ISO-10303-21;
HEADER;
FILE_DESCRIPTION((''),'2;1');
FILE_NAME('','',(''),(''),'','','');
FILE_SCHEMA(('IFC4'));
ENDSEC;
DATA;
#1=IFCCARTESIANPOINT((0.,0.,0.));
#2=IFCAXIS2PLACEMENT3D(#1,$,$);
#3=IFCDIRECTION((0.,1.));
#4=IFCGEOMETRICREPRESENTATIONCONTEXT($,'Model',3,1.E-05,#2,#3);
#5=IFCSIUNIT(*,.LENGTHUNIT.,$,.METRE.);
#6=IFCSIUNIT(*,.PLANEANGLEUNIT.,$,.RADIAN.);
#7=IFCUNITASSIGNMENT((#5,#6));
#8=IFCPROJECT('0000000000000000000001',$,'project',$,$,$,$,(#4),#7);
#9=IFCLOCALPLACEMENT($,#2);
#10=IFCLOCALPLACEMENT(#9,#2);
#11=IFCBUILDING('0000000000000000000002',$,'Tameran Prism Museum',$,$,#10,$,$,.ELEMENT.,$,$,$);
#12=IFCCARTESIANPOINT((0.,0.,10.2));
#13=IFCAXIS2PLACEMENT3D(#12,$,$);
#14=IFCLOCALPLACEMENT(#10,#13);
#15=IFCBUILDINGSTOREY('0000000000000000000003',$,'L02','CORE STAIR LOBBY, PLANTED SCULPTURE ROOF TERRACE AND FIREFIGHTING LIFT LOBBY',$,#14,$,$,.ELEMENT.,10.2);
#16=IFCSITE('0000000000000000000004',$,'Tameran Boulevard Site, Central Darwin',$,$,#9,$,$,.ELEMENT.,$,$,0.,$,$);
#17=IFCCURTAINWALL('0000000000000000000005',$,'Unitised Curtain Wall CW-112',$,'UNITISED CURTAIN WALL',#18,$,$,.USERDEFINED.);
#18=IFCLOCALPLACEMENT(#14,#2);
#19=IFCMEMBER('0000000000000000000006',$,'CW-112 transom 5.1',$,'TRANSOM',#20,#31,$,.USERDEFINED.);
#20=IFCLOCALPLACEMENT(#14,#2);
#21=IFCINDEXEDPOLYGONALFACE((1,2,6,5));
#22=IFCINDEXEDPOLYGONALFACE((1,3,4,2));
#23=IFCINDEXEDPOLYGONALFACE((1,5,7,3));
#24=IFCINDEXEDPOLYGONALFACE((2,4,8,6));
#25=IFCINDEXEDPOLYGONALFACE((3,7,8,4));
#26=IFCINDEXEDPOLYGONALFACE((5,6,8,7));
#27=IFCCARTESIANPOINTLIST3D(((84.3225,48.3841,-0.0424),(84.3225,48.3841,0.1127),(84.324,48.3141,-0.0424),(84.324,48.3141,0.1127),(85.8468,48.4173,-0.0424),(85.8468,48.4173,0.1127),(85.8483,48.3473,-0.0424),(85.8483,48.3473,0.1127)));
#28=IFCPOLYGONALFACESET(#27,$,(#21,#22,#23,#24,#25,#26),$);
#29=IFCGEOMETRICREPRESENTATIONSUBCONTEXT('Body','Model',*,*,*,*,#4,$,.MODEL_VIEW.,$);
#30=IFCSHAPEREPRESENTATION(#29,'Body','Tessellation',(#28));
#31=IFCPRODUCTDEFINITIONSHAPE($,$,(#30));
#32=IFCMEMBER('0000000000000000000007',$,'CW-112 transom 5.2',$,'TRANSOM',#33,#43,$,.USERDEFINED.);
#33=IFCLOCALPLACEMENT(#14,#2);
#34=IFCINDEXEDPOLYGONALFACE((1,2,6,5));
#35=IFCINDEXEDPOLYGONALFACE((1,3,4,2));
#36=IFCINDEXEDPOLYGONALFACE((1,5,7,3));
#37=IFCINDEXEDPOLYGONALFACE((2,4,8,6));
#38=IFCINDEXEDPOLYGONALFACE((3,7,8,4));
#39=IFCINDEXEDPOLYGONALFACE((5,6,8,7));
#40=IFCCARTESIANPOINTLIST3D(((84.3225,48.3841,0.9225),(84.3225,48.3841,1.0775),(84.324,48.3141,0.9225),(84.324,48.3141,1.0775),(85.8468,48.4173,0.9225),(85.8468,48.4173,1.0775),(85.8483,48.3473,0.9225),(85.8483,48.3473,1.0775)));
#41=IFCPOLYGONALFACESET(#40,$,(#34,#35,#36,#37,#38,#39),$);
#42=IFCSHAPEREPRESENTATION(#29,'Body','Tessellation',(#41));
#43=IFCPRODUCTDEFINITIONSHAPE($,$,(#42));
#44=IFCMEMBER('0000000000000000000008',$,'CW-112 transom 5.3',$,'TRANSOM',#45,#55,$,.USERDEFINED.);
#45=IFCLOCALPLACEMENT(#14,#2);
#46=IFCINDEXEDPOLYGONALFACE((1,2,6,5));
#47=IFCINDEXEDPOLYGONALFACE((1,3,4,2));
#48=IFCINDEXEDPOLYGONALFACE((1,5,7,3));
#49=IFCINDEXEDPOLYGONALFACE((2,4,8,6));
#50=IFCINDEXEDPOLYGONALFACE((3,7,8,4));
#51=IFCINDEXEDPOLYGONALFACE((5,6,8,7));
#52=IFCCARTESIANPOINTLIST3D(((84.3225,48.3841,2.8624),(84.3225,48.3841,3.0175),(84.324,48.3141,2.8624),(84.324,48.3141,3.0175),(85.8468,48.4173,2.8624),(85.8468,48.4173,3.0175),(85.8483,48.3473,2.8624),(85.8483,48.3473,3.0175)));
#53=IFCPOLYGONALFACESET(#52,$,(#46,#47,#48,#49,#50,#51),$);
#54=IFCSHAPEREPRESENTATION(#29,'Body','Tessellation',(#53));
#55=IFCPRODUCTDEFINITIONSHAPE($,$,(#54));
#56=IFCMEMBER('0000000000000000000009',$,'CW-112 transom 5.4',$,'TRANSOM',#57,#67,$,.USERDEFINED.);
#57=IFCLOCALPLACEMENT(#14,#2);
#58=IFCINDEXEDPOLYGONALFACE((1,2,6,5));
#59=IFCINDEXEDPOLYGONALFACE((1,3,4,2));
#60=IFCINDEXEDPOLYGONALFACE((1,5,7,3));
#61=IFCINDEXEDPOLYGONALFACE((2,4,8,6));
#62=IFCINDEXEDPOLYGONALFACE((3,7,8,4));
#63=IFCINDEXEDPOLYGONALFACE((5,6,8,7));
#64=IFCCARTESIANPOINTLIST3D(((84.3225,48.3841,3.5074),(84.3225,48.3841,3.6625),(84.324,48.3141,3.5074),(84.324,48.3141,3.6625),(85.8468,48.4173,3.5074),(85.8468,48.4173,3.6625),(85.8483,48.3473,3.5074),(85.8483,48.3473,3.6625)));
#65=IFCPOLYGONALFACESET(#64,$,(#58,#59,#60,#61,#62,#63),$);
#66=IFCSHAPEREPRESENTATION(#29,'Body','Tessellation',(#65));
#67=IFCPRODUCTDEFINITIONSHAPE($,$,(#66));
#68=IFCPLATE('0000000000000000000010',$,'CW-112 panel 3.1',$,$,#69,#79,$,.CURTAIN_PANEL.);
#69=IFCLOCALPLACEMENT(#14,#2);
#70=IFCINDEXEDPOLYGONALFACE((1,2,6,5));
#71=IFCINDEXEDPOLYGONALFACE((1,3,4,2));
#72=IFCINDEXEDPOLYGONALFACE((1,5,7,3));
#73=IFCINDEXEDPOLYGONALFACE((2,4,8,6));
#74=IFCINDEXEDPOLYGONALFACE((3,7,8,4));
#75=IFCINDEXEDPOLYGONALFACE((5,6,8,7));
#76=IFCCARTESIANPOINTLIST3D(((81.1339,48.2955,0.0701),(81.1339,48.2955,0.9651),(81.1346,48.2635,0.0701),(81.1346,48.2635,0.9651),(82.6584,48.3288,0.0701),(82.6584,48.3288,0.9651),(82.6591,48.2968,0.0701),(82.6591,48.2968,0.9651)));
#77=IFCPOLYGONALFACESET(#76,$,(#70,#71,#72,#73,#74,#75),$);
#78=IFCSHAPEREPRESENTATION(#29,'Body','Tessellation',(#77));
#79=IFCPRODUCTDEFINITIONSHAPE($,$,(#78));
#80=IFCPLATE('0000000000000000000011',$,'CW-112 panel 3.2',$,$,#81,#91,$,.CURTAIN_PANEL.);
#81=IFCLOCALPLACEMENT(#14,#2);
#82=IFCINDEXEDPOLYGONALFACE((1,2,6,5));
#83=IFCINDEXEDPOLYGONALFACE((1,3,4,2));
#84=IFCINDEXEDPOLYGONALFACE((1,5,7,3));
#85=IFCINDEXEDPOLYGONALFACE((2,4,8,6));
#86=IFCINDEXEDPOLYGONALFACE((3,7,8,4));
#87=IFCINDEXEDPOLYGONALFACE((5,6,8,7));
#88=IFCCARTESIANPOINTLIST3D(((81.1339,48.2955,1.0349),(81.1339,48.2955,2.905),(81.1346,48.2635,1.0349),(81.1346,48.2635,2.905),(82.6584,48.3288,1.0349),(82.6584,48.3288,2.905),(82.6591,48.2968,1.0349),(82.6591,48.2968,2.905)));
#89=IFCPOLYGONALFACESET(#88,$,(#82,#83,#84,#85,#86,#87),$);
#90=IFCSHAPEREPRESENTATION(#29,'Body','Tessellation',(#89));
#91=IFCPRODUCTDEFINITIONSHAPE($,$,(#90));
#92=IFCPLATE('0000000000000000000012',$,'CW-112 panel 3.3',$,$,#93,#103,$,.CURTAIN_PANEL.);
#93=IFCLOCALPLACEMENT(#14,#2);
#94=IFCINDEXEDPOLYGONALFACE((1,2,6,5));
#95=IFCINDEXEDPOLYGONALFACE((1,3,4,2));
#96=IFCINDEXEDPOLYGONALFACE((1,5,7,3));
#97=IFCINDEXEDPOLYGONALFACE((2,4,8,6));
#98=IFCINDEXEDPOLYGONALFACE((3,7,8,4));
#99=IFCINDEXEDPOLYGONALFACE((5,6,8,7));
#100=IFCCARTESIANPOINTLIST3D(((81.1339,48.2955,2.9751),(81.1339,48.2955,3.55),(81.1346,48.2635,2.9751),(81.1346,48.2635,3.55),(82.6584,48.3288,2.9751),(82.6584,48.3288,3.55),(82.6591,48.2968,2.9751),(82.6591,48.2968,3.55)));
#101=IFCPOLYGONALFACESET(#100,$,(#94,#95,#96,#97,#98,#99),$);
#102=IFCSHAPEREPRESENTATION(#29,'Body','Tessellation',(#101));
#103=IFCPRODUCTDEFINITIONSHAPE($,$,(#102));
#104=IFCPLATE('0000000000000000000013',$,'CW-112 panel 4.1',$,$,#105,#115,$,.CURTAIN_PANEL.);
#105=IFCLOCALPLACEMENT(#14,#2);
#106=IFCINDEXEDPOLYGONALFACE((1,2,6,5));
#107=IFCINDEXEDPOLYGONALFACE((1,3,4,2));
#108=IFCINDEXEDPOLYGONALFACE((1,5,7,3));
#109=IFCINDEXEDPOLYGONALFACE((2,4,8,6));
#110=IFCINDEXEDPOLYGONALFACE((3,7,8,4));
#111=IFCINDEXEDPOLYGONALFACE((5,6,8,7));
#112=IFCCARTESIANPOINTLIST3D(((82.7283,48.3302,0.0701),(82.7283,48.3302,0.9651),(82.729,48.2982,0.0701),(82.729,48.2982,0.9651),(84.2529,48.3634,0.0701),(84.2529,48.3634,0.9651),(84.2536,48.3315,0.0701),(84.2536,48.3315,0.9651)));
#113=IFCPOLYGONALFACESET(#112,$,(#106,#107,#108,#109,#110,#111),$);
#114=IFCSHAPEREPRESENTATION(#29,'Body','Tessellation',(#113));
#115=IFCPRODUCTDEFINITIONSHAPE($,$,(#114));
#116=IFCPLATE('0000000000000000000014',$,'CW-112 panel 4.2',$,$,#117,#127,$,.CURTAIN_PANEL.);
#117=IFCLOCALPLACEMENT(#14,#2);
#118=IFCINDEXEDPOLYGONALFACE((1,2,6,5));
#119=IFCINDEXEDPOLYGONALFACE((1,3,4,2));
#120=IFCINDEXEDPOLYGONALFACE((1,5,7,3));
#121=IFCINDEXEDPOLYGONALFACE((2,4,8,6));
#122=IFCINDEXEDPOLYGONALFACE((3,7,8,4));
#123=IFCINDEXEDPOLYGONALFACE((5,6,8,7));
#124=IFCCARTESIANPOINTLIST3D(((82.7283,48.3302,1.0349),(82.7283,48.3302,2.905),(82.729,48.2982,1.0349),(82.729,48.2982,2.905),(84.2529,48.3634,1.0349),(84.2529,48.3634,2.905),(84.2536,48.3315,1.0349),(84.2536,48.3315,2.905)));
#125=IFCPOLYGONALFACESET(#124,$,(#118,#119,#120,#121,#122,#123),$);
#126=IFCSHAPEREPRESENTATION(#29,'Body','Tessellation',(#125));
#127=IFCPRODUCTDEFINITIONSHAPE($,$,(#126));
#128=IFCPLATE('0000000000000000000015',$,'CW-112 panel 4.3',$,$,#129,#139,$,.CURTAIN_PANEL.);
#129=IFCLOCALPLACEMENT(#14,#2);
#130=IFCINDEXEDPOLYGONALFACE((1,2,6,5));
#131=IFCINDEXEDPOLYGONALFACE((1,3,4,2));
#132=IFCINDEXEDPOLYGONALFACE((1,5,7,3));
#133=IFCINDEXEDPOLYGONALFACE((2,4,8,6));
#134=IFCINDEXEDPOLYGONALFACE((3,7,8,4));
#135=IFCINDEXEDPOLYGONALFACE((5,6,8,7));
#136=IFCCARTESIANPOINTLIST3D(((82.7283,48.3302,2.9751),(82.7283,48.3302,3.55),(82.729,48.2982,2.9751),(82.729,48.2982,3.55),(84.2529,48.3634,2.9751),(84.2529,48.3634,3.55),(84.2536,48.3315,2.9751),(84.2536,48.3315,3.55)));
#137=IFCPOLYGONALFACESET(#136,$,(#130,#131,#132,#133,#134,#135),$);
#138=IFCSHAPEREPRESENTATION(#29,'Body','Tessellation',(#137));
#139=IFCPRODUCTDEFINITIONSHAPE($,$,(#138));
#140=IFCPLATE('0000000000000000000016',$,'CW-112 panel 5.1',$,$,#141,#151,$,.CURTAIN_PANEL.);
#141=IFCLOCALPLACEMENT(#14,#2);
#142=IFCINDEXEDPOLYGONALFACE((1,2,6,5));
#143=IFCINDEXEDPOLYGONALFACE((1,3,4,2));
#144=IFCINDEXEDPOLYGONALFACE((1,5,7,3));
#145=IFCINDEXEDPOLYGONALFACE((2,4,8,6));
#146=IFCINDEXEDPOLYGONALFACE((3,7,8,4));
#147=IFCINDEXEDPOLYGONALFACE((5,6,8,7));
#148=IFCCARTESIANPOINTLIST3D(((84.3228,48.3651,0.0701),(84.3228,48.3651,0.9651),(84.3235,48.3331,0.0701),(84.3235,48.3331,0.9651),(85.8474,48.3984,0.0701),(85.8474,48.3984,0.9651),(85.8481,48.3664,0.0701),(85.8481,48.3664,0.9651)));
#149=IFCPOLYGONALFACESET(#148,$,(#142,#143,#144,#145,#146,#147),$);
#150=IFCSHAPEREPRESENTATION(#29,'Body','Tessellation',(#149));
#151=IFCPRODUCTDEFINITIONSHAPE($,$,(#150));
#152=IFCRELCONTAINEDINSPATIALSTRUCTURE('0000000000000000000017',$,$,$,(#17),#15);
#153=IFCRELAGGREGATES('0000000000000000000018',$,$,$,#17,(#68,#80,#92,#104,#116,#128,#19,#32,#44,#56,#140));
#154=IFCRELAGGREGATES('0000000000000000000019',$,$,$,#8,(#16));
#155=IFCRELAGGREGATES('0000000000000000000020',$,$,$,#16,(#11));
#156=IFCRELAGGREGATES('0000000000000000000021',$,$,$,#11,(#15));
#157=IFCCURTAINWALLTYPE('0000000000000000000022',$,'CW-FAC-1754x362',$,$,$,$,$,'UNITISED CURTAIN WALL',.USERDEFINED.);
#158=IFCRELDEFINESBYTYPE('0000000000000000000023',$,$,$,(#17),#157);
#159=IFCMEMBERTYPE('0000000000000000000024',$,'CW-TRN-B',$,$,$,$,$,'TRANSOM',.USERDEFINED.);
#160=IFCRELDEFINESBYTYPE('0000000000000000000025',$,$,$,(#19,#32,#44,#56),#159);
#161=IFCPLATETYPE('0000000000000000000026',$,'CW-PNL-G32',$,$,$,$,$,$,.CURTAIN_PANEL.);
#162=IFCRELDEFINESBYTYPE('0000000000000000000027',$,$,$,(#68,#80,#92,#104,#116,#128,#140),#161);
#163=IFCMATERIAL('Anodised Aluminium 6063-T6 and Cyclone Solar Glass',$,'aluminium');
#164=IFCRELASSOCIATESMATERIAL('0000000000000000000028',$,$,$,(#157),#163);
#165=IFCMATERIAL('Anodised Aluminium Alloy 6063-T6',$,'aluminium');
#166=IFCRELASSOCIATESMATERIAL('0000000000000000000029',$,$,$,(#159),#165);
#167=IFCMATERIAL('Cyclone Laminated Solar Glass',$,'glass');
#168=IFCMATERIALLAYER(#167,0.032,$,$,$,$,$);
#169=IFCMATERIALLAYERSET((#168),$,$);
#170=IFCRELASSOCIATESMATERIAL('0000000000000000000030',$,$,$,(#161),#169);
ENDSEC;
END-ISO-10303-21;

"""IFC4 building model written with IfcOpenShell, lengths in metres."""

from ifc_helpers import new_model, si_unit, direction, frame, origin, origin_2d, place, context, subcontext, project, spatial, rectangle, extrude, material, layer, layer_set, material_profile, profile_set, type_object, element, aggregate, save


model = new_model("IFC4")

# Units and contexts
model_context = context("Model", 3, precision=1e-05, world=origin(), true_north=direction((0.0, 1.0)))
body_context = subcontext(model_context, "Body", "Model", "MODEL_VIEW")
ifc_project = project(units=[si_unit("LENGTHUNIT", "METRE"), si_unit("PLANEANGLEUNIT", "RADIAN")], contexts=[model_context])

# Site, building, storey
site_placement = place(None, origin())
site = spatial("IfcSite", under=ifc_project, at=site_placement, Name="Tameran Boulevard Site, Central Darwin", CompositionType="ELEMENT", RefElevation=0.0)
building_placement = place(site_placement, origin())
building = spatial("IfcBuilding", under=site, at=building_placement, Name="Tameran Prism Museum", CompositionType="ELEMENT")
storey_placement = place(building_placement, frame((0.0, 0.0, 10.2)))
storey = spatial("IfcBuildingStorey", under=building, at=storey_placement, Name="L02", Description="CORE STAIR LOBBY, PLANTED SCULPTURE ROOF TERRACE AND FIREFIGHTING LIFT LOBBY", CompositionType="ELEMENT", Elevation=10.2)

# Curtain wall
ifc_material_1 = material(Name="Anodised Aluminium 6063-T6 and Cyclone Solar Glass", Category="aluminium")
curtain_wall_type_1 = type_object("IfcCurtainWallType", Name="CW-FAC-1754x362", ElementType="UNITISED CURTAIN WALL", PredefinedType="USERDEFINED", material=ifc_material_1)
curtain_wall_1_placement = place(storey_placement, origin())
curtain_wall_1 = element("IfcCurtainWall", 1, at=curtain_wall_1_placement, inside=storey, type_object=curtain_wall_type_1, Name="Unitised Curtain Wall CW-112", ObjectType="UNITISED CURTAIN WALL", PredefinedType="USERDEFINED")

# Members
ifc_material_2 = material(Name="Anodised Aluminium Alloy 6063-T6", Category="aluminium")
ifc_material_profile_1 = material_profile(ifc_material_2, rectangle(XDim=0.0701, YDim=0.155, at=origin_2d()))
ifc_profile_set_1 = profile_set([ifc_material_profile_1])
member_type_1 = type_object("IfcMemberType", Name="CW-TRN-B", ElementType="TRANSOM", PredefinedType="USERDEFINED", material=ifc_profile_set_1)
member_1_placement = place(storey_placement, frame((84.3232, 48.3491, 0.0352), z_axis=(0.999763, 0.021776, 0.0), x_axis=(-0.021776, 0.999763, 0.0)))
member_1 = element("IfcMember", 2, at=member_1_placement, type_object=member_type_1, Name="CW-112 transom 5.1", ObjectType="TRANSOM", PredefinedType="USERDEFINED", context=body_context, shape_type="SweptSolid", body=[
    extrude(rectangle(XDim=0.0701, YDim=0.155, at=origin_2d()), origin(), (0.0, 0.0, 1.0), 1.5247),
])
member_2_placement = place(storey_placement, frame((84.3232, 48.3491, 1.0), z_axis=(0.999763, 0.021776, 0.0), x_axis=(-0.021776, 0.999763, 0.0)))
member_2 = element("IfcMember", 3, at=member_2_placement, type_object=member_type_1, Name="CW-112 transom 5.2", ObjectType="TRANSOM", PredefinedType="USERDEFINED", context=body_context, shape_type="SweptSolid", body=[
    extrude(rectangle(XDim=0.0701, YDim=0.155, at=origin_2d()), origin(), (0.0, 0.0, 1.0), 1.5247),
])
member_3_placement = place(storey_placement, frame((84.3232, 48.3491, 2.9399), z_axis=(0.999763, 0.021776, 0.0), x_axis=(-0.021776, 0.999763, 0.0)))
member_3 = element("IfcMember", 4, at=member_3_placement, type_object=member_type_1, Name="CW-112 transom 5.3", ObjectType="TRANSOM", PredefinedType="USERDEFINED", context=body_context, shape_type="SweptSolid", body=[
    extrude(rectangle(XDim=0.0701, YDim=0.155, at=origin_2d()), origin(), (0.0, 0.0, 1.0), 1.5247),
])
member_4_placement = place(storey_placement, frame((84.3232, 48.3491, 3.585), z_axis=(0.999763, 0.021776, 0.0), x_axis=(-0.021776, 0.999763, 0.0)))
member_4 = element("IfcMember", 5, at=member_4_placement, type_object=member_type_1, Name="CW-112 transom 5.4", ObjectType="TRANSOM", PredefinedType="USERDEFINED", context=body_context, shape_type="SweptSolid", body=[
    extrude(rectangle(XDim=0.0701, YDim=0.155, at=origin_2d()), origin(), (0.0, 0.0, 1.0), 1.5247),
])

# Plates
ifc_material_3 = material(Name="Cyclone Laminated Solar Glass", Category="glass")
ifc_layer_1 = layer(ifc_material_3, 0.032)
ifc_layer_set_1 = layer_set([ifc_layer_1])
plate_type = type_object("IfcPlateType", Name="CW-PNL-G32", PredefinedType="CURTAIN_PANEL", material=ifc_layer_set_1)
plate_1_placement = place(storey_placement, frame((81.8965, 48.2961, 0.0701), z_axis=(0.0, 0.0, 1.0), x_axis=(0.999762, 0.021831, 0.0)))
plate_1 = element("IfcPlate", 6, at=plate_1_placement, type_object=plate_type, Name="CW-112 panel 3.1", PredefinedType="CURTAIN_PANEL", context=body_context, shape_type="SweptSolid", body=[
    extrude(rectangle(XDim=1.5249, YDim=0.032, at=origin_2d()), origin(), (0.0, 0.0, 1.0), 0.895),
])
plate_2_placement = place(storey_placement, frame((81.8965, 48.2961, 1.0349), z_axis=(0.0, 0.0, 1.0), x_axis=(0.999762, 0.021831, 0.0)))
plate_2 = element("IfcPlate", 7, at=plate_2_placement, type_object=plate_type, Name="CW-112 panel 3.2", PredefinedType="CURTAIN_PANEL", context=body_context, shape_type="SweptSolid", body=[
    extrude(rectangle(XDim=1.5249, YDim=0.032, at=origin_2d()), origin(), (0.0, 0.0, 1.0), 1.8701),
])
plate_3_placement = place(storey_placement, frame((81.8965, 48.2961, 2.9751), z_axis=(0.0, 0.0, 1.0), x_axis=(0.999762, 0.021831, 0.0)))
plate_3 = element("IfcPlate", 8, at=plate_3_placement, type_object=plate_type, Name="CW-112 panel 3.3", PredefinedType="CURTAIN_PANEL", context=body_context, shape_type="SweptSolid", body=[
    extrude(rectangle(XDim=1.5249, YDim=0.032, at=origin_2d()), origin(), (0.0, 0.0, 1.0), 0.575),
])
plate_4_placement = place(storey_placement, frame((83.491, 48.3308, 0.0701), z_axis=(0.0, 0.0, 1.0), x_axis=(0.999762, 0.021831, 0.0)))
plate_4 = element("IfcPlate", 9, at=plate_4_placement, type_object=plate_type, Name="CW-112 panel 4.1", PredefinedType="CURTAIN_PANEL", context=body_context, shape_type="SweptSolid", body=[
    extrude(rectangle(XDim=1.5249, YDim=0.032, at=origin_2d()), origin(), (0.0, 0.0, 1.0), 0.895),
])
plate_5_placement = place(storey_placement, frame((83.491, 48.3308, 1.0349), z_axis=(0.0, 0.0, 1.0), x_axis=(0.999762, 0.021831, 0.0)))
plate_5 = element("IfcPlate", 10, at=plate_5_placement, type_object=plate_type, Name="CW-112 panel 4.2", PredefinedType="CURTAIN_PANEL", context=body_context, shape_type="SweptSolid", body=[
    extrude(rectangle(XDim=1.5249, YDim=0.032, at=origin_2d()), origin(), (0.0, 0.0, 1.0), 1.8701),
])
plate_6_placement = place(storey_placement, frame((83.491, 48.3308, 2.9751), z_axis=(0.0, 0.0, 1.0), x_axis=(0.999762, 0.021831, 0.0)))
plate_6 = element("IfcPlate", 11, at=plate_6_placement, type_object=plate_type, Name="CW-112 panel 4.3", PredefinedType="CURTAIN_PANEL", context=body_context, shape_type="SweptSolid", body=[
    extrude(rectangle(XDim=1.5249, YDim=0.032, at=origin_2d()), origin(), (0.0, 0.0, 1.0), 0.575),
])
plate_7_placement = place(storey_placement, frame((85.0854, 48.3657, 0.0701), z_axis=(0.0, 0.0, 1.0), x_axis=(0.999762, 0.021831, 0.0)))
plate_7 = element("IfcPlate", 12, at=plate_7_placement, type_object=plate_type, Name="CW-112 panel 5.1", PredefinedType="CURTAIN_PANEL", context=body_context, shape_type="SweptSolid", body=[
    extrude(rectangle(XDim=1.5249, YDim=0.032, at=origin_2d()), origin(), (0.0, 0.0, 1.0), 0.895),
])
aggregate(curtain_wall_1, [plate_1, plate_2, plate_3, plate_4, plate_5, plate_6, member_1, member_2, member_3, member_4, plate_7])

save(model, "model.ifc")
